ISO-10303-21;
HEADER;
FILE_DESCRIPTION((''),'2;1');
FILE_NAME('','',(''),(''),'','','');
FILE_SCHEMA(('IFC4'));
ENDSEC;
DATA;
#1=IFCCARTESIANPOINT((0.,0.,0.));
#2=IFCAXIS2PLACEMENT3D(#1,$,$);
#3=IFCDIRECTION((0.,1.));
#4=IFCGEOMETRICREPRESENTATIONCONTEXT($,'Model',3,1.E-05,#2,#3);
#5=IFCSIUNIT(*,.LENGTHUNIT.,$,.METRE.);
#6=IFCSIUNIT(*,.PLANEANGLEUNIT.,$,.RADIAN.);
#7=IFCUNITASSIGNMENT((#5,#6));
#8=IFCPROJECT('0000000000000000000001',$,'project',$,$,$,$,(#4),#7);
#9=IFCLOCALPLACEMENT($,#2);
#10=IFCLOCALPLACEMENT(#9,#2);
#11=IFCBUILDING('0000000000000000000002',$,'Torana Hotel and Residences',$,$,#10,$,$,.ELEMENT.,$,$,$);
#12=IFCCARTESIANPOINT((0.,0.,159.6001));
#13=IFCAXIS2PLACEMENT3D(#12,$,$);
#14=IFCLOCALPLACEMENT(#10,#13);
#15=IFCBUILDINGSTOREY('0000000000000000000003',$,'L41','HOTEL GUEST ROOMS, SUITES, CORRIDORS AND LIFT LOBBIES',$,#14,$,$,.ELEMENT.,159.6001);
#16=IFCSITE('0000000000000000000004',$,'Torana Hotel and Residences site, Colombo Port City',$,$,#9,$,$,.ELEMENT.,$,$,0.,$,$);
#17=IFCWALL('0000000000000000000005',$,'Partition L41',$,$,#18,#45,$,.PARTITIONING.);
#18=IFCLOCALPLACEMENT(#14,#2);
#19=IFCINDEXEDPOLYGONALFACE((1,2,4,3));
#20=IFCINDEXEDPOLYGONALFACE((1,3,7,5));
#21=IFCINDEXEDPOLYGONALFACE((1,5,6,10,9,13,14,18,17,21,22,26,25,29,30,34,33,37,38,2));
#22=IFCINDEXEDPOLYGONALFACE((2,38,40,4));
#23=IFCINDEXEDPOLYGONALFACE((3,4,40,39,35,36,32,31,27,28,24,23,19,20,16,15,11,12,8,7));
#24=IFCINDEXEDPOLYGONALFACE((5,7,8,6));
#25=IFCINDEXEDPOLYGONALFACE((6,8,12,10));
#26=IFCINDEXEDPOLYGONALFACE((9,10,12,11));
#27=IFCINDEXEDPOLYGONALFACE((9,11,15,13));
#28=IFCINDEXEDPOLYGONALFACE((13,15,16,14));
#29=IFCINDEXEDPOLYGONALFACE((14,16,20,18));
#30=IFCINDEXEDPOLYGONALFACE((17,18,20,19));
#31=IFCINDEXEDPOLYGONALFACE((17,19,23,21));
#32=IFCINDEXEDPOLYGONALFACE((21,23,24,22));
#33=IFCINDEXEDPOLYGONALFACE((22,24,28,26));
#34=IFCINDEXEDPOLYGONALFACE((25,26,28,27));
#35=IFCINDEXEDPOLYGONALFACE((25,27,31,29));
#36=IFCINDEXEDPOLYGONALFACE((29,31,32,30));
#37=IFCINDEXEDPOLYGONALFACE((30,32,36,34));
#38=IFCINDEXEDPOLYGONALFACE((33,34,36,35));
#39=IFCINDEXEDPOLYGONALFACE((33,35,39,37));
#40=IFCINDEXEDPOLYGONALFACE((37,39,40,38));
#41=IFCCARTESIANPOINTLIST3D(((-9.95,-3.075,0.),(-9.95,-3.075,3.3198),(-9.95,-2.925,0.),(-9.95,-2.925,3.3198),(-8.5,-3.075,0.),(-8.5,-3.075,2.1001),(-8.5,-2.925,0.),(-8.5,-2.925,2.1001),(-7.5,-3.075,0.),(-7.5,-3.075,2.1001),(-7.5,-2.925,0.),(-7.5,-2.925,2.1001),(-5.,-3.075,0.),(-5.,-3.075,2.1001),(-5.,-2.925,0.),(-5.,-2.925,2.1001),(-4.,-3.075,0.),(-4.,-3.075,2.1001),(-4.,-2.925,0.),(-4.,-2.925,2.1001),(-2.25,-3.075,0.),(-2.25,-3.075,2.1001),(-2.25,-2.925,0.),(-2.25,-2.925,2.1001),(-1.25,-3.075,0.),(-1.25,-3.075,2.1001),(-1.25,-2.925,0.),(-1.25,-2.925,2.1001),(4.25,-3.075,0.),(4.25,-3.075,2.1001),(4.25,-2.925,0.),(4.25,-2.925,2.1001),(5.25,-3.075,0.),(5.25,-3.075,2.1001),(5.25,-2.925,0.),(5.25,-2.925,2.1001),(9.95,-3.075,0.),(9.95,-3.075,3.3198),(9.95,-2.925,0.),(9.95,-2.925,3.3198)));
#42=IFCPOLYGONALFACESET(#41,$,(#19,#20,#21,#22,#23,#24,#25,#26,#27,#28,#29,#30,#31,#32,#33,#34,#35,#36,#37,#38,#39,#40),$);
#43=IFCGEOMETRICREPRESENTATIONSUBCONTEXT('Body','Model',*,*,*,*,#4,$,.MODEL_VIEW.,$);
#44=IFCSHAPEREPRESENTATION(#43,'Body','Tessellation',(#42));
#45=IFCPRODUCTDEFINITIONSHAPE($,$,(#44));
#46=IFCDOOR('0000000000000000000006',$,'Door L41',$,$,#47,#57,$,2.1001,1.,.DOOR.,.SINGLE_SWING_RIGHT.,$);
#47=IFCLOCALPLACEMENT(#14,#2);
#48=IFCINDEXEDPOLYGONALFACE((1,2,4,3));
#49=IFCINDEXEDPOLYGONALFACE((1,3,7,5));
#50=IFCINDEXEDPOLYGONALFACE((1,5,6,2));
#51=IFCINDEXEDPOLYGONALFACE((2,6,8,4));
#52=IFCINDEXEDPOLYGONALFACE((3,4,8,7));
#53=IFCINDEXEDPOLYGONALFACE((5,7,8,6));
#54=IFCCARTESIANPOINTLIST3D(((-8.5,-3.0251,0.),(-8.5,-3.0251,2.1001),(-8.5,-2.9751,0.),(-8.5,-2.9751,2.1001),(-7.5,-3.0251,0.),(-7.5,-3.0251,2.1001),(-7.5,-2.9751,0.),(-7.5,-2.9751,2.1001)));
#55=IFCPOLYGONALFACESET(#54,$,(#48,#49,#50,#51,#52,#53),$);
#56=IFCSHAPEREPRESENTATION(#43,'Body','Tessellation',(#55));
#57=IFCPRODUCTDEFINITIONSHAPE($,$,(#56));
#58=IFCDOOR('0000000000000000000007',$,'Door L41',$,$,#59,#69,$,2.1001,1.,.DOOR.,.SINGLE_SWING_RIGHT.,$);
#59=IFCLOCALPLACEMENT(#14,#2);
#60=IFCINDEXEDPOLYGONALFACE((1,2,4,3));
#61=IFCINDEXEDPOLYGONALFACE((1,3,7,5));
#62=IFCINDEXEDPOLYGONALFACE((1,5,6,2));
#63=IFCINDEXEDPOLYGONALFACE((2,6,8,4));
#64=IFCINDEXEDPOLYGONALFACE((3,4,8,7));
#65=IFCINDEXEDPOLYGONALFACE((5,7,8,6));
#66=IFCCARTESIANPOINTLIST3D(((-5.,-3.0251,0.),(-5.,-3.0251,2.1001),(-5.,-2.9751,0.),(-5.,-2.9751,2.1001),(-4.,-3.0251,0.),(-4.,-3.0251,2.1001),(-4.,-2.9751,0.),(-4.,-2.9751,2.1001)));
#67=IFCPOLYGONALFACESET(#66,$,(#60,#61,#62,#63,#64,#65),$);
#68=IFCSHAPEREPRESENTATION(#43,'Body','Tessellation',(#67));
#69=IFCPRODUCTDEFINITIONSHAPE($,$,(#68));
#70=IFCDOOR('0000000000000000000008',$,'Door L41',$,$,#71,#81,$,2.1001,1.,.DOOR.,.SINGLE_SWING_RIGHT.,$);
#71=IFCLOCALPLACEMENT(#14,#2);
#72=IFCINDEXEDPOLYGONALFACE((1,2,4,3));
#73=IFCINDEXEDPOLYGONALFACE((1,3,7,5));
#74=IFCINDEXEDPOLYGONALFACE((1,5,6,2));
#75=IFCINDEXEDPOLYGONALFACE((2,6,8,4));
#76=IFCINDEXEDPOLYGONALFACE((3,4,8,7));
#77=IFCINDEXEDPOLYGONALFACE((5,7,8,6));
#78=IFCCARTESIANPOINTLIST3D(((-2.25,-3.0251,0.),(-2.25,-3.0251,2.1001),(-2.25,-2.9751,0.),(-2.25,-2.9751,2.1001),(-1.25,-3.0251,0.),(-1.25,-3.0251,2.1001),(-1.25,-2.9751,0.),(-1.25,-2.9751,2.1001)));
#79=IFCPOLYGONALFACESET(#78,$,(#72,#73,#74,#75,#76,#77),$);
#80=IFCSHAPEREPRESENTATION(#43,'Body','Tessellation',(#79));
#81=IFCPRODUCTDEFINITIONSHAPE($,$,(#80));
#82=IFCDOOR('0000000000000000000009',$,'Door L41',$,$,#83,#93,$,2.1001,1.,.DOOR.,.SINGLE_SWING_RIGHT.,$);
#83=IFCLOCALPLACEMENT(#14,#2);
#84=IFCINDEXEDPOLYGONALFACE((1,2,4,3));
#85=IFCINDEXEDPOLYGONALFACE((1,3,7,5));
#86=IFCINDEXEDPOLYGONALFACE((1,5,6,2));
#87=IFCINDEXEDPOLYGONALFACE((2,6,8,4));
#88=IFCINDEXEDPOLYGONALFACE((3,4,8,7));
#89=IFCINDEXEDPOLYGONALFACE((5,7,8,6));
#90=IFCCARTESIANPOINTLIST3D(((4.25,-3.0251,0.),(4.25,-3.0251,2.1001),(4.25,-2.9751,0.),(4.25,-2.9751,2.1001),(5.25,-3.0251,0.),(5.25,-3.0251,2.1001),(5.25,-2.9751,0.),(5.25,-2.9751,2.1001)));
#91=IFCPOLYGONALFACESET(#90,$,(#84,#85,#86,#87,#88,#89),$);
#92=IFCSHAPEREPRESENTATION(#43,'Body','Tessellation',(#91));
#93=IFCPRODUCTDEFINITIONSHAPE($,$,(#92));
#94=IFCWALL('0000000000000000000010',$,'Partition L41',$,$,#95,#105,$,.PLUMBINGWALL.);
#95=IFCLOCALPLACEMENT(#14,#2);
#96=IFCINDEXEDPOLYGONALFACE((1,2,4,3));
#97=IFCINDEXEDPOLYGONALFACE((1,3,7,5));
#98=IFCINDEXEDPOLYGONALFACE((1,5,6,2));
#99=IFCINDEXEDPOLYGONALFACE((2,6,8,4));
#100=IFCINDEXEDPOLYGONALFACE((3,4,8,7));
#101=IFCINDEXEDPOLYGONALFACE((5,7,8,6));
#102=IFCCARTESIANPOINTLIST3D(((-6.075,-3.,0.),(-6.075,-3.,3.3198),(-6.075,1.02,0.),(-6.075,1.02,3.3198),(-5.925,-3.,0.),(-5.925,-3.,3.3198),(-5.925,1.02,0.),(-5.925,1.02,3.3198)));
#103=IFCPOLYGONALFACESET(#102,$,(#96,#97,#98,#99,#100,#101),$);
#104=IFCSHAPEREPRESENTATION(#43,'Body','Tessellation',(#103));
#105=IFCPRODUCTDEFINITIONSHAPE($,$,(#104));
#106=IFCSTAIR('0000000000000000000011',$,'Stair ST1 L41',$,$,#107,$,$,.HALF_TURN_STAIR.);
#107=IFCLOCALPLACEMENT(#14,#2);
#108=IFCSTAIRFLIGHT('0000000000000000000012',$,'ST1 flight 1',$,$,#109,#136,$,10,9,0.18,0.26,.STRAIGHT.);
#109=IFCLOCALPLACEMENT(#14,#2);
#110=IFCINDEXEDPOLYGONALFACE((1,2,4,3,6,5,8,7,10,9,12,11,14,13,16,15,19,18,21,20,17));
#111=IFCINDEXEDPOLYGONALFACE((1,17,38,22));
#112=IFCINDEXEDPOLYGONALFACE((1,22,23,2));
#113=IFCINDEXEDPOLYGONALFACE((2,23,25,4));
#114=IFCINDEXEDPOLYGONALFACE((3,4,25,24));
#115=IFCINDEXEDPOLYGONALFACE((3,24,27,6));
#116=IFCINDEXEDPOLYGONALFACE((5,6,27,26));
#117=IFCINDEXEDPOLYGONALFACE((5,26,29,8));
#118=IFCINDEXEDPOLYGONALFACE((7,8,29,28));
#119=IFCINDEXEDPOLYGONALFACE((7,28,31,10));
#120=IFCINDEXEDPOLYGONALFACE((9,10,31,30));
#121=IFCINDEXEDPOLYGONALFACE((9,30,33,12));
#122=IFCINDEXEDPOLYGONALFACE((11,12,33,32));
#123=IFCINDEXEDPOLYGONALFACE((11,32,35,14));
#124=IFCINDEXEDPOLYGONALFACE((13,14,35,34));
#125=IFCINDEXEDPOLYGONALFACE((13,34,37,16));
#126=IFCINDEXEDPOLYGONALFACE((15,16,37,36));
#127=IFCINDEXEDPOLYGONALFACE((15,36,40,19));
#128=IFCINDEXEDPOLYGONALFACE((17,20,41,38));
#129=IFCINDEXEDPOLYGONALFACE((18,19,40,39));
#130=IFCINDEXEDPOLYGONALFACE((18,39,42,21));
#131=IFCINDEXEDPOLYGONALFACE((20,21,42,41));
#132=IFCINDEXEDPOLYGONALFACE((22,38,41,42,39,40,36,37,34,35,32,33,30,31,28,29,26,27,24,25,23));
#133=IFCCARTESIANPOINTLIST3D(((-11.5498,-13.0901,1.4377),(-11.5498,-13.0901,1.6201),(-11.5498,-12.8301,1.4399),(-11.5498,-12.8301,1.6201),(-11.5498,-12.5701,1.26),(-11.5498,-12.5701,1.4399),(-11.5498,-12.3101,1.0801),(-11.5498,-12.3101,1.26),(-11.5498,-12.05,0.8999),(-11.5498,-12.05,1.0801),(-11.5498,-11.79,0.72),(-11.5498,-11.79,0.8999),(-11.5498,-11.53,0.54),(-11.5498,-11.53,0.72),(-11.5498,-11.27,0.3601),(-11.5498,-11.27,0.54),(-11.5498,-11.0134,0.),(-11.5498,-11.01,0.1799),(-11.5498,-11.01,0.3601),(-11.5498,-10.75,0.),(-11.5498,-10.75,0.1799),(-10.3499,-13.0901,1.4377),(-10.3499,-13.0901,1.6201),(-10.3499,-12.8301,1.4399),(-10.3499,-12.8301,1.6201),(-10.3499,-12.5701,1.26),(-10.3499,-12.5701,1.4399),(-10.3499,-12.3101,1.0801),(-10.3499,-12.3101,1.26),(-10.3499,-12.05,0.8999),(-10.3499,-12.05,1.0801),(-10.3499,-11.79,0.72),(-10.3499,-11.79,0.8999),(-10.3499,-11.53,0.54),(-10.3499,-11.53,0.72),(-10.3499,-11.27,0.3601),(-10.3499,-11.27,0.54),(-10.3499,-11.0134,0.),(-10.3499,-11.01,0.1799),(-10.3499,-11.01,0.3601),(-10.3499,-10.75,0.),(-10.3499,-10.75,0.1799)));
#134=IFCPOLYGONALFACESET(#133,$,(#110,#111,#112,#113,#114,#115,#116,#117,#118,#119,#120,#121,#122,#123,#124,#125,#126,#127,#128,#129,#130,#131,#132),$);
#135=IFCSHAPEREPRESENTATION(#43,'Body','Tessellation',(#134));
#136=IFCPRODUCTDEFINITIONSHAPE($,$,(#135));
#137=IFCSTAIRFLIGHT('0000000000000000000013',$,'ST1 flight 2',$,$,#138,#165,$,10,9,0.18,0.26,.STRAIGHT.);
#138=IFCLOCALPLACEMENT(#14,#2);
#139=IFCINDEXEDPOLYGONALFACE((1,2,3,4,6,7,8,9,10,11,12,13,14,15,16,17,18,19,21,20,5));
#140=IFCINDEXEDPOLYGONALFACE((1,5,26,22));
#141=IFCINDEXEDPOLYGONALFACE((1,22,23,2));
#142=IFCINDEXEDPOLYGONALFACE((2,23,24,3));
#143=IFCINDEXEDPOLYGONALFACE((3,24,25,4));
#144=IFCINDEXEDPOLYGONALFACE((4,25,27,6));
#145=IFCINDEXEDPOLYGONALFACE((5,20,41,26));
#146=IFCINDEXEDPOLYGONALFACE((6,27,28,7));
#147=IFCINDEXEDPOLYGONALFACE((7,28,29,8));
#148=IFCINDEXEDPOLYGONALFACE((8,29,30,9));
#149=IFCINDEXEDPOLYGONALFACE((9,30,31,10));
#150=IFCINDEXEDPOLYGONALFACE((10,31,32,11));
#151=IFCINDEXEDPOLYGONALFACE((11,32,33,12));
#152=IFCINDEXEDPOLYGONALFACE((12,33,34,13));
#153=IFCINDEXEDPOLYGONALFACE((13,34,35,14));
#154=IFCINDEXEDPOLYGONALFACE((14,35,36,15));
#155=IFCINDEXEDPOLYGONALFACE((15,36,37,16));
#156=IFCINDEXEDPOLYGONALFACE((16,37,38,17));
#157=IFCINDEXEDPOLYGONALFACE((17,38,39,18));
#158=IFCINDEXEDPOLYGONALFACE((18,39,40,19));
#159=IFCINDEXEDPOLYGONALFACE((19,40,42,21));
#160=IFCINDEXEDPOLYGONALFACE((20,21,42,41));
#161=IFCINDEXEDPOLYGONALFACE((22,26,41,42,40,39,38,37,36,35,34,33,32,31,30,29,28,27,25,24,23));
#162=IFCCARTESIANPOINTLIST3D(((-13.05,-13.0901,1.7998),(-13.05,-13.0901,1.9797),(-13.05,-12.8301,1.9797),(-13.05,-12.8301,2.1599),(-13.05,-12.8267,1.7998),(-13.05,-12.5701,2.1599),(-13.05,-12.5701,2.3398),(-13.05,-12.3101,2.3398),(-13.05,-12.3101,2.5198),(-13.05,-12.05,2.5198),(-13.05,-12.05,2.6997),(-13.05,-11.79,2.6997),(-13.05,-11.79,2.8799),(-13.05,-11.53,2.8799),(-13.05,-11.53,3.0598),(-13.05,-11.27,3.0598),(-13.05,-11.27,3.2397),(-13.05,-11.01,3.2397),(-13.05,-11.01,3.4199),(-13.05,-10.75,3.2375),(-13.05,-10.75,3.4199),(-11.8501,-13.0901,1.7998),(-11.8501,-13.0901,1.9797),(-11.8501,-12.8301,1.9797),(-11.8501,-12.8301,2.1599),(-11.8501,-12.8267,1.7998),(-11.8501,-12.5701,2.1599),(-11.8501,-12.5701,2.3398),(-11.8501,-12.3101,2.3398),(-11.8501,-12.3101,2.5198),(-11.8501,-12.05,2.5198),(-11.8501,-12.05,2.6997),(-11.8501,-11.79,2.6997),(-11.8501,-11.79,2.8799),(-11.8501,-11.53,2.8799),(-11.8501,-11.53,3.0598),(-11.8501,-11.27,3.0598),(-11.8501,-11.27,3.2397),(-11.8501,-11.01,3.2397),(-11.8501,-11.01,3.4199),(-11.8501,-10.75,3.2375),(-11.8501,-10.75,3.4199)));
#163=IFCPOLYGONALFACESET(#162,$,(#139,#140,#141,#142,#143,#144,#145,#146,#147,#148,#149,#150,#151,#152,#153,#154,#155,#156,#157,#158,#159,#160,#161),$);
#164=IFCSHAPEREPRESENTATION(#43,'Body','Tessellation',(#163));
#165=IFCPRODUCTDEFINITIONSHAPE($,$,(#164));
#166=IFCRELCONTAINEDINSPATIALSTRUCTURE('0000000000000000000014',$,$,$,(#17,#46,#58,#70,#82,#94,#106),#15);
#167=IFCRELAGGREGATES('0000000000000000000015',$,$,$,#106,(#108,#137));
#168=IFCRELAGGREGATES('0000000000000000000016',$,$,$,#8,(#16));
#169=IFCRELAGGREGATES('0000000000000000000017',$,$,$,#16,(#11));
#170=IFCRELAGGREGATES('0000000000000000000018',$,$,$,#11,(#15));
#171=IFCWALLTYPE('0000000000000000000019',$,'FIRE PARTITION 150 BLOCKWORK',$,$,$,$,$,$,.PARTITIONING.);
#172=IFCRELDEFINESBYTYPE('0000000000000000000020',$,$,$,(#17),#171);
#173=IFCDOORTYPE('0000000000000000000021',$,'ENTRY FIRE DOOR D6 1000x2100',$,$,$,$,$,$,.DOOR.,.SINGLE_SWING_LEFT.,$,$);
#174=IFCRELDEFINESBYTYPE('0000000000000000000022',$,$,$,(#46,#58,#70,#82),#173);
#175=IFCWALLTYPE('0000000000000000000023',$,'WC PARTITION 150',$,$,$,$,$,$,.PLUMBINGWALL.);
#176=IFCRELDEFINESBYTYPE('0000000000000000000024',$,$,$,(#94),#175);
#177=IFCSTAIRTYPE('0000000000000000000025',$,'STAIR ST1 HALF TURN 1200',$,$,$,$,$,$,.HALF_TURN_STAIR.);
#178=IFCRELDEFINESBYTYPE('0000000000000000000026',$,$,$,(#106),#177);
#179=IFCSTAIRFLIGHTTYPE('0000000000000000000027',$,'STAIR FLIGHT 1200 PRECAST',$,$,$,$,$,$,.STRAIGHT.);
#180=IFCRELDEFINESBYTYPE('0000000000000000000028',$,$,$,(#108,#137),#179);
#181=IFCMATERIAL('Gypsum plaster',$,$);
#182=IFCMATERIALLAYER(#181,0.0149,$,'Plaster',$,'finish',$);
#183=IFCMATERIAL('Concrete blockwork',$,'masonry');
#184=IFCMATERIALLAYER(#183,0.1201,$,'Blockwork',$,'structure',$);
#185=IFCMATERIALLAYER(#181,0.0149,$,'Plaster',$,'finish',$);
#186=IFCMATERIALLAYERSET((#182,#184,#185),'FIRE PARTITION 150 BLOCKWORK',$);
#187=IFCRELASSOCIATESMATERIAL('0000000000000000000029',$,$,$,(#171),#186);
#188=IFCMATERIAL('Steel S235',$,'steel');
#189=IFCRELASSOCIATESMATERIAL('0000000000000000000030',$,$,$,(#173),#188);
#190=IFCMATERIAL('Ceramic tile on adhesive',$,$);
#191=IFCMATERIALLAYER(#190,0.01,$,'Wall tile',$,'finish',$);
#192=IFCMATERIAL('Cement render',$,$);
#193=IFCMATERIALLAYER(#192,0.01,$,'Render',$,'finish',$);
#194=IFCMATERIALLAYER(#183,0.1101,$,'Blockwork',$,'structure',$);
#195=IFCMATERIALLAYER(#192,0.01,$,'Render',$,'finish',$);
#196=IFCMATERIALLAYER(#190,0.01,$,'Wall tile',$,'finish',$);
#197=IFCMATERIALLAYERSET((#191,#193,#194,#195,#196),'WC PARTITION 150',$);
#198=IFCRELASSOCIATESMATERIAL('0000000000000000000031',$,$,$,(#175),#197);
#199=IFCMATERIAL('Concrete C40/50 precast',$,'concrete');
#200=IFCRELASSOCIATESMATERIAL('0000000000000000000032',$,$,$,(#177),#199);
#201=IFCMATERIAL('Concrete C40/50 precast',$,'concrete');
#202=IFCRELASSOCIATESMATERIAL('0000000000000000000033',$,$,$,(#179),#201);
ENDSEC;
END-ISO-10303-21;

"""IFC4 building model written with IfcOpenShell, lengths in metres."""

from ifc_helpers import new_model, si_unit, direction, frame, frame_2d, origin, place, context, subcontext, project, spatial, polyline, rectangle, outline, extrude, material, layer, layer_set, type_object, element, fill, aggregate, save


model = new_model("IFC4")

# Units and contexts
model_context = context("Model", 3, precision=1e-05, world=origin(), true_north=direction((0.0, 1.0)))
body_context = subcontext(model_context, "Body", "Model", "MODEL_VIEW")
ifc_project = project(units=[si_unit("LENGTHUNIT", "METRE"), si_unit("PLANEANGLEUNIT", "RADIAN")], contexts=[model_context])

# Site, building, storey
site_placement = place(None, origin())
site = spatial("IfcSite", under=ifc_project, at=site_placement, Name="Torana Hotel and Residences site, Colombo Port City", CompositionType="ELEMENT", RefElevation=0.0)
building_placement = place(site_placement, origin())
building = spatial("IfcBuilding", under=site, at=building_placement, Name="Torana Hotel and Residences", CompositionType="ELEMENT")
storey_placement = place(building_placement, frame((0.0, 0.0, 159.6001)))
storey = spatial("IfcBuildingStorey", under=building, at=storey_placement, Name="L41", Description="HOTEL GUEST ROOMS, SUITES, CORRIDORS AND LIFT LOBBIES", CompositionType="ELEMENT", Elevation=159.6001)

# Shared definitions
ifc_material_1 = material(Name="Gypsum plaster")
ifc_layer_1 = layer(ifc_material_1, 0.0149, Name="Plaster", Category="finish")
ifc_material_2 = material(Name="Concrete blockwork", Category="masonry")
ifc_layer_2 = layer(ifc_material_2, 0.1201, Name="Blockwork", Category="structure")
ifc_layer_3 = layer(ifc_material_1, 0.0149, Name="Plaster", Category="finish")
ifc_layer_set_1 = layer_set([ifc_layer_1, ifc_layer_2, ifc_layer_3], Name="FIRE PARTITION 150 BLOCKWORK")
wall_type_1 = type_object("IfcWallType", Name="FIRE PARTITION 150 BLOCKWORK", PredefinedType="PARTITIONING", material=ifc_layer_set_1)

# Wall, openings, doors
ifc_material_3 = material(Name="Steel S235", Category="steel")
door_type_1 = type_object("IfcDoorType", Name="ENTRY FIRE DOOR D6 1000x2100", OperationType="SINGLE_SWING_LEFT", PredefinedType="DOOR", material=ifc_material_3)
wall_1_placement = place(storey_placement, frame((-9.95, -3.0, 0.0), z_axis=(0.0, 0.0, 1.0), x_axis=(1.0, 0.0, 0.0)))
wall_1 = element("IfcWall", 1, at=wall_1_placement, inside=storey, type_object=wall_type_1, Name="Partition L41", PredefinedType="PARTITIONING", context=body_context, shape_type="SweptSolid", body=[
    extrude(rectangle(XDim=19.8999, YDim=0.1499, at=frame_2d((9.95, 0.0))), origin(), (0.0, 0.0, 1.0), 3.3198),
])
opening_1_placement = place(wall_1_placement, frame((1.45, 0.0, 0.0)))
opening_1 = element("IfcOpeningElement", 2, at=opening_1_placement, cuts=wall_1, PredefinedType="OPENING", context=body_context, shape_type="SweptSolid", body=[
    extrude(rectangle(XDim=1.0, YDim=2.1001, at=frame_2d((0.5, 1.05))), frame((0.0, 0.085, 0.0), z_axis=(0.0, -1.0, 0.0), x_axis=(1.0, 0.0, 0.0)), (0.0, 0.0, 1.0), 0.1699),
])
opening_2_placement = place(wall_1_placement, frame((4.95, 0.0, 0.0)))
opening_2 = element("IfcOpeningElement", 3, at=opening_2_placement, cuts=wall_1, PredefinedType="OPENING", context=body_context, shape_type="SweptSolid", body=[
    extrude(rectangle(XDim=1.0, YDim=2.1001, at=frame_2d((0.5, 1.05))), frame((0.0, 0.085, 0.0), z_axis=(0.0, -1.0, 0.0), x_axis=(1.0, 0.0, 0.0)), (0.0, 0.0, 1.0), 0.1699),
])
opening_3_placement = place(wall_1_placement, frame((7.7, 0.0, 0.0)))
opening_3 = element("IfcOpeningElement", 4, at=opening_3_placement, cuts=wall_1, PredefinedType="OPENING", context=body_context, shape_type="SweptSolid", body=[
    extrude(rectangle(XDim=1.0, YDim=2.1001, at=frame_2d((0.5, 1.05))), frame((0.0, 0.085, 0.0), z_axis=(0.0, -1.0, 0.0), x_axis=(1.0, 0.0, 0.0)), (0.0, 0.0, 1.0), 0.1699),
])
opening_4_placement = place(wall_1_placement, frame((14.2, 0.0, 0.0)))
opening_4 = element("IfcOpeningElement", 5, at=opening_4_placement, cuts=wall_1, PredefinedType="OPENING", context=body_context, shape_type="SweptSolid", body=[
    extrude(rectangle(XDim=1.0, YDim=2.1001, at=frame_2d((0.5, 1.05))), frame((0.0, 0.085, 0.0), z_axis=(0.0, -1.0, 0.0), x_axis=(1.0, 0.0, 0.0)), (0.0, 0.0, 1.0), 0.1699),
])
door_1_placement = place(opening_1_placement, origin())
door_1 = element("IfcDoor", 6, at=door_1_placement, inside=storey, type_object=door_type_1, Name="Door L41", OperationType="SINGLE_SWING_RIGHT", OverallHeight=2.1001, OverallWidth=1.0, PredefinedType="DOOR", context=body_context, shape_type="SweptSolid", body=[
    extrude(rectangle(XDim=1.0, YDim=2.1001, at=frame_2d((0.5, 1.05))), frame((0.0, 0.0249, 0.0), z_axis=(0.0, -1.0, 0.0), x_axis=(1.0, 0.0, 0.0)), (0.0, 0.0, 1.0), 0.05),
])
fill(opening_1, door_1)
door_2_placement = place(opening_2_placement, origin())
door_2 = element("IfcDoor", 7, at=door_2_placement, inside=storey, type_object=door_type_1, Name="Door L41", OperationType="SINGLE_SWING_RIGHT", OverallHeight=2.1001, OverallWidth=1.0, PredefinedType="DOOR", context=body_context, shape_type="SweptSolid", body=[
    extrude(rectangle(XDim=1.0, YDim=2.1001, at=frame_2d((0.5, 1.05))), frame((0.0, 0.0249, 0.0), z_axis=(0.0, -1.0, 0.0), x_axis=(1.0, 0.0, 0.0)), (0.0, 0.0, 1.0), 0.05),
])
fill(opening_2, door_2)
door_3_placement = place(opening_3_placement, origin())
door_3 = element("IfcDoor", 8, at=door_3_placement, inside=storey, type_object=door_type_1, Name="Door L41", OperationType="SINGLE_SWING_RIGHT", OverallHeight=2.1001, OverallWidth=1.0, PredefinedType="DOOR", context=body_context, shape_type="SweptSolid", body=[
    extrude(rectangle(XDim=1.0, YDim=2.1001, at=frame_2d((0.5, 1.05))), frame((0.0, 0.0249, 0.0), z_axis=(0.0, -1.0, 0.0), x_axis=(1.0, 0.0, 0.0)), (0.0, 0.0, 1.0), 0.05),
])
fill(opening_3, door_3)
door_4_placement = place(opening_4_placement, origin())
door_4 = element("IfcDoor", 9, at=door_4_placement, inside=storey, type_object=door_type_1, Name="Door L41", OperationType="SINGLE_SWING_RIGHT", OverallHeight=2.1001, OverallWidth=1.0, PredefinedType="DOOR", context=body_context, shape_type="SweptSolid", body=[
    extrude(rectangle(XDim=1.0, YDim=2.1001, at=frame_2d((0.5, 1.05))), frame((0.0, 0.0249, 0.0), z_axis=(0.0, -1.0, 0.0), x_axis=(1.0, 0.0, 0.0)), (0.0, 0.0, 1.0), 0.05),
])
fill(opening_4, door_4)

# Wall
ifc_material_4 = material(Name="Ceramic tile on adhesive")
ifc_layer_4 = layer(ifc_material_4, 0.01, Name="Wall tile", Category="finish")
ifc_material_5 = material(Name="Cement render")
ifc_layer_5 = layer(ifc_material_5, 0.01, Name="Render", Category="finish")
ifc_layer_6 = layer(ifc_material_2, 0.1101, Name="Blockwork", Category="structure")
ifc_layer_7 = layer(ifc_material_5, 0.01, Name="Render", Category="finish")
ifc_layer_8 = layer(ifc_material_4, 0.01, Name="Wall tile", Category="finish")
ifc_layer_set_2 = layer_set([ifc_layer_4, ifc_layer_5, ifc_layer_6, ifc_layer_7, ifc_layer_8], Name="WC PARTITION 150")
wall_type_2 = type_object("IfcWallType", Name="WC PARTITION 150", PredefinedType="PLUMBINGWALL", material=ifc_layer_set_2)
wall_2_placement = place(storey_placement, frame((-6.0, -3.0, 0.0), z_axis=(0.0, 0.0, 1.0), x_axis=(0.0, 1.0, 0.0)))
element("IfcWall", 10, at=wall_2_placement, inside=storey, type_object=wall_type_2, Name="Partition L41", PredefinedType="PLUMBINGWALL", context=body_context, shape_type="SweptSolid", body=[
    extrude(rectangle(XDim=4.02, YDim=0.1499, at=frame_2d((2.01, 0.0))), origin(), (0.0, 0.0, 1.0), 3.3198),
])

# Stair, stair flights
ifc_material_6 = material(Name="Concrete C40/50 precast", Category="concrete")
stair_type = type_object("IfcStairType", Name="STAIR ST1 HALF TURN 1200", PredefinedType="HALF_TURN_STAIR", material=ifc_material_6)
stair_placement = place(storey_placement, origin())
stair = element("IfcStair", 11, at=stair_placement, inside=storey, type_object=stair_type, Name="Stair ST1 L41", PredefinedType="HALF_TURN_STAIR")
ifc_material_7 = material(Name="Concrete C40/50 precast", Category="concrete")
stair_flight_type = type_object("IfcStairFlightType", Name="STAIR FLIGHT 1200 PRECAST", PredefinedType="STRAIGHT", material=ifc_material_7)
stair_flight_1_placement = place(storey_placement, frame((-10.95, -10.75, 0.0), z_axis=(0.0, 0.0, 1.0), x_axis=(0.0, -1.0, 0.0)))
stair_flight_1 = element("IfcStairFlight", 12, at=stair_flight_1_placement, type_object=stair_flight_type, Name="ST1 flight 1", NumberOfRisers=10, NumberOfTreads=9, PredefinedType="STRAIGHT", RiserHeight=0.18, TreadLength=0.26, context=body_context, shape_type="SweptSolid", body=[
    extrude(outline(polyline([(0.0, 0.0), (0.0, 0.1799), (0.26, 0.1799), (0.26, 0.3601), (0.52, 0.3601), (0.52, 0.54), (0.78, 0.54), (0.78, 0.72), (1.04, 0.72), (1.04, 0.8999), (1.3, 0.8999), (1.3, 1.0801), (1.5601, 1.0801), (1.5601, 1.26), (1.8201, 1.26), (1.8201, 1.4399), (2.0801, 1.4399), (2.0801, 1.6201), (2.3401, 1.6201), (2.3401, 1.8), (2.3401, 1.4377), (0.2634, 0.0), (0.0, 0.0)])), frame((0.0, 0.6001, 0.0), z_axis=(0.0, -1.0, 0.0), x_axis=(1.0, 0.0, 0.0)), (0.0, 0.0, 1.0), 1.2),
])
stair_flight_2_placement = place(storey_placement, frame((-12.45, -13.0901, 1.7998), z_axis=(0.0, 0.0, 1.0), x_axis=(0.0, 1.0, 0.0)))
stair_flight_2 = element("IfcStairFlight", 13, at=stair_flight_2_placement, type_object=stair_flight_type, Name="ST1 flight 2", NumberOfRisers=10, NumberOfTreads=9, PredefinedType="STRAIGHT", RiserHeight=0.18, TreadLength=0.26, context=body_context, shape_type="SweptSolid", body=[
    extrude(outline(polyline([(0.0, 0.0), (0.0, 0.1799), (0.26, 0.1799), (0.26, 0.3601), (0.52, 0.3601), (0.52, 0.54), (0.78, 0.54), (0.78, 0.72), (1.04, 0.72), (1.04, 0.8999), (1.3, 0.8999), (1.3, 1.0801), (1.5601, 1.0801), (1.5601, 1.26), (1.8201, 1.26), (1.8201, 1.4399), (2.0801, 1.4399), (2.0801, 1.6201), (2.3401, 1.6201), (2.3401, 1.8), (2.3401, 1.4377), (0.2634, 0.0), (0.0, 0.0)])), frame((0.0, 0.6001, 0.0), z_axis=(0.0, -1.0, 0.0), x_axis=(1.0, 0.0, 0.0)), (0.0, 0.0, 1.0), 1.2),
])
aggregate(stair, [stair_flight_1, stair_flight_2])

save(model, "model.ifc")
